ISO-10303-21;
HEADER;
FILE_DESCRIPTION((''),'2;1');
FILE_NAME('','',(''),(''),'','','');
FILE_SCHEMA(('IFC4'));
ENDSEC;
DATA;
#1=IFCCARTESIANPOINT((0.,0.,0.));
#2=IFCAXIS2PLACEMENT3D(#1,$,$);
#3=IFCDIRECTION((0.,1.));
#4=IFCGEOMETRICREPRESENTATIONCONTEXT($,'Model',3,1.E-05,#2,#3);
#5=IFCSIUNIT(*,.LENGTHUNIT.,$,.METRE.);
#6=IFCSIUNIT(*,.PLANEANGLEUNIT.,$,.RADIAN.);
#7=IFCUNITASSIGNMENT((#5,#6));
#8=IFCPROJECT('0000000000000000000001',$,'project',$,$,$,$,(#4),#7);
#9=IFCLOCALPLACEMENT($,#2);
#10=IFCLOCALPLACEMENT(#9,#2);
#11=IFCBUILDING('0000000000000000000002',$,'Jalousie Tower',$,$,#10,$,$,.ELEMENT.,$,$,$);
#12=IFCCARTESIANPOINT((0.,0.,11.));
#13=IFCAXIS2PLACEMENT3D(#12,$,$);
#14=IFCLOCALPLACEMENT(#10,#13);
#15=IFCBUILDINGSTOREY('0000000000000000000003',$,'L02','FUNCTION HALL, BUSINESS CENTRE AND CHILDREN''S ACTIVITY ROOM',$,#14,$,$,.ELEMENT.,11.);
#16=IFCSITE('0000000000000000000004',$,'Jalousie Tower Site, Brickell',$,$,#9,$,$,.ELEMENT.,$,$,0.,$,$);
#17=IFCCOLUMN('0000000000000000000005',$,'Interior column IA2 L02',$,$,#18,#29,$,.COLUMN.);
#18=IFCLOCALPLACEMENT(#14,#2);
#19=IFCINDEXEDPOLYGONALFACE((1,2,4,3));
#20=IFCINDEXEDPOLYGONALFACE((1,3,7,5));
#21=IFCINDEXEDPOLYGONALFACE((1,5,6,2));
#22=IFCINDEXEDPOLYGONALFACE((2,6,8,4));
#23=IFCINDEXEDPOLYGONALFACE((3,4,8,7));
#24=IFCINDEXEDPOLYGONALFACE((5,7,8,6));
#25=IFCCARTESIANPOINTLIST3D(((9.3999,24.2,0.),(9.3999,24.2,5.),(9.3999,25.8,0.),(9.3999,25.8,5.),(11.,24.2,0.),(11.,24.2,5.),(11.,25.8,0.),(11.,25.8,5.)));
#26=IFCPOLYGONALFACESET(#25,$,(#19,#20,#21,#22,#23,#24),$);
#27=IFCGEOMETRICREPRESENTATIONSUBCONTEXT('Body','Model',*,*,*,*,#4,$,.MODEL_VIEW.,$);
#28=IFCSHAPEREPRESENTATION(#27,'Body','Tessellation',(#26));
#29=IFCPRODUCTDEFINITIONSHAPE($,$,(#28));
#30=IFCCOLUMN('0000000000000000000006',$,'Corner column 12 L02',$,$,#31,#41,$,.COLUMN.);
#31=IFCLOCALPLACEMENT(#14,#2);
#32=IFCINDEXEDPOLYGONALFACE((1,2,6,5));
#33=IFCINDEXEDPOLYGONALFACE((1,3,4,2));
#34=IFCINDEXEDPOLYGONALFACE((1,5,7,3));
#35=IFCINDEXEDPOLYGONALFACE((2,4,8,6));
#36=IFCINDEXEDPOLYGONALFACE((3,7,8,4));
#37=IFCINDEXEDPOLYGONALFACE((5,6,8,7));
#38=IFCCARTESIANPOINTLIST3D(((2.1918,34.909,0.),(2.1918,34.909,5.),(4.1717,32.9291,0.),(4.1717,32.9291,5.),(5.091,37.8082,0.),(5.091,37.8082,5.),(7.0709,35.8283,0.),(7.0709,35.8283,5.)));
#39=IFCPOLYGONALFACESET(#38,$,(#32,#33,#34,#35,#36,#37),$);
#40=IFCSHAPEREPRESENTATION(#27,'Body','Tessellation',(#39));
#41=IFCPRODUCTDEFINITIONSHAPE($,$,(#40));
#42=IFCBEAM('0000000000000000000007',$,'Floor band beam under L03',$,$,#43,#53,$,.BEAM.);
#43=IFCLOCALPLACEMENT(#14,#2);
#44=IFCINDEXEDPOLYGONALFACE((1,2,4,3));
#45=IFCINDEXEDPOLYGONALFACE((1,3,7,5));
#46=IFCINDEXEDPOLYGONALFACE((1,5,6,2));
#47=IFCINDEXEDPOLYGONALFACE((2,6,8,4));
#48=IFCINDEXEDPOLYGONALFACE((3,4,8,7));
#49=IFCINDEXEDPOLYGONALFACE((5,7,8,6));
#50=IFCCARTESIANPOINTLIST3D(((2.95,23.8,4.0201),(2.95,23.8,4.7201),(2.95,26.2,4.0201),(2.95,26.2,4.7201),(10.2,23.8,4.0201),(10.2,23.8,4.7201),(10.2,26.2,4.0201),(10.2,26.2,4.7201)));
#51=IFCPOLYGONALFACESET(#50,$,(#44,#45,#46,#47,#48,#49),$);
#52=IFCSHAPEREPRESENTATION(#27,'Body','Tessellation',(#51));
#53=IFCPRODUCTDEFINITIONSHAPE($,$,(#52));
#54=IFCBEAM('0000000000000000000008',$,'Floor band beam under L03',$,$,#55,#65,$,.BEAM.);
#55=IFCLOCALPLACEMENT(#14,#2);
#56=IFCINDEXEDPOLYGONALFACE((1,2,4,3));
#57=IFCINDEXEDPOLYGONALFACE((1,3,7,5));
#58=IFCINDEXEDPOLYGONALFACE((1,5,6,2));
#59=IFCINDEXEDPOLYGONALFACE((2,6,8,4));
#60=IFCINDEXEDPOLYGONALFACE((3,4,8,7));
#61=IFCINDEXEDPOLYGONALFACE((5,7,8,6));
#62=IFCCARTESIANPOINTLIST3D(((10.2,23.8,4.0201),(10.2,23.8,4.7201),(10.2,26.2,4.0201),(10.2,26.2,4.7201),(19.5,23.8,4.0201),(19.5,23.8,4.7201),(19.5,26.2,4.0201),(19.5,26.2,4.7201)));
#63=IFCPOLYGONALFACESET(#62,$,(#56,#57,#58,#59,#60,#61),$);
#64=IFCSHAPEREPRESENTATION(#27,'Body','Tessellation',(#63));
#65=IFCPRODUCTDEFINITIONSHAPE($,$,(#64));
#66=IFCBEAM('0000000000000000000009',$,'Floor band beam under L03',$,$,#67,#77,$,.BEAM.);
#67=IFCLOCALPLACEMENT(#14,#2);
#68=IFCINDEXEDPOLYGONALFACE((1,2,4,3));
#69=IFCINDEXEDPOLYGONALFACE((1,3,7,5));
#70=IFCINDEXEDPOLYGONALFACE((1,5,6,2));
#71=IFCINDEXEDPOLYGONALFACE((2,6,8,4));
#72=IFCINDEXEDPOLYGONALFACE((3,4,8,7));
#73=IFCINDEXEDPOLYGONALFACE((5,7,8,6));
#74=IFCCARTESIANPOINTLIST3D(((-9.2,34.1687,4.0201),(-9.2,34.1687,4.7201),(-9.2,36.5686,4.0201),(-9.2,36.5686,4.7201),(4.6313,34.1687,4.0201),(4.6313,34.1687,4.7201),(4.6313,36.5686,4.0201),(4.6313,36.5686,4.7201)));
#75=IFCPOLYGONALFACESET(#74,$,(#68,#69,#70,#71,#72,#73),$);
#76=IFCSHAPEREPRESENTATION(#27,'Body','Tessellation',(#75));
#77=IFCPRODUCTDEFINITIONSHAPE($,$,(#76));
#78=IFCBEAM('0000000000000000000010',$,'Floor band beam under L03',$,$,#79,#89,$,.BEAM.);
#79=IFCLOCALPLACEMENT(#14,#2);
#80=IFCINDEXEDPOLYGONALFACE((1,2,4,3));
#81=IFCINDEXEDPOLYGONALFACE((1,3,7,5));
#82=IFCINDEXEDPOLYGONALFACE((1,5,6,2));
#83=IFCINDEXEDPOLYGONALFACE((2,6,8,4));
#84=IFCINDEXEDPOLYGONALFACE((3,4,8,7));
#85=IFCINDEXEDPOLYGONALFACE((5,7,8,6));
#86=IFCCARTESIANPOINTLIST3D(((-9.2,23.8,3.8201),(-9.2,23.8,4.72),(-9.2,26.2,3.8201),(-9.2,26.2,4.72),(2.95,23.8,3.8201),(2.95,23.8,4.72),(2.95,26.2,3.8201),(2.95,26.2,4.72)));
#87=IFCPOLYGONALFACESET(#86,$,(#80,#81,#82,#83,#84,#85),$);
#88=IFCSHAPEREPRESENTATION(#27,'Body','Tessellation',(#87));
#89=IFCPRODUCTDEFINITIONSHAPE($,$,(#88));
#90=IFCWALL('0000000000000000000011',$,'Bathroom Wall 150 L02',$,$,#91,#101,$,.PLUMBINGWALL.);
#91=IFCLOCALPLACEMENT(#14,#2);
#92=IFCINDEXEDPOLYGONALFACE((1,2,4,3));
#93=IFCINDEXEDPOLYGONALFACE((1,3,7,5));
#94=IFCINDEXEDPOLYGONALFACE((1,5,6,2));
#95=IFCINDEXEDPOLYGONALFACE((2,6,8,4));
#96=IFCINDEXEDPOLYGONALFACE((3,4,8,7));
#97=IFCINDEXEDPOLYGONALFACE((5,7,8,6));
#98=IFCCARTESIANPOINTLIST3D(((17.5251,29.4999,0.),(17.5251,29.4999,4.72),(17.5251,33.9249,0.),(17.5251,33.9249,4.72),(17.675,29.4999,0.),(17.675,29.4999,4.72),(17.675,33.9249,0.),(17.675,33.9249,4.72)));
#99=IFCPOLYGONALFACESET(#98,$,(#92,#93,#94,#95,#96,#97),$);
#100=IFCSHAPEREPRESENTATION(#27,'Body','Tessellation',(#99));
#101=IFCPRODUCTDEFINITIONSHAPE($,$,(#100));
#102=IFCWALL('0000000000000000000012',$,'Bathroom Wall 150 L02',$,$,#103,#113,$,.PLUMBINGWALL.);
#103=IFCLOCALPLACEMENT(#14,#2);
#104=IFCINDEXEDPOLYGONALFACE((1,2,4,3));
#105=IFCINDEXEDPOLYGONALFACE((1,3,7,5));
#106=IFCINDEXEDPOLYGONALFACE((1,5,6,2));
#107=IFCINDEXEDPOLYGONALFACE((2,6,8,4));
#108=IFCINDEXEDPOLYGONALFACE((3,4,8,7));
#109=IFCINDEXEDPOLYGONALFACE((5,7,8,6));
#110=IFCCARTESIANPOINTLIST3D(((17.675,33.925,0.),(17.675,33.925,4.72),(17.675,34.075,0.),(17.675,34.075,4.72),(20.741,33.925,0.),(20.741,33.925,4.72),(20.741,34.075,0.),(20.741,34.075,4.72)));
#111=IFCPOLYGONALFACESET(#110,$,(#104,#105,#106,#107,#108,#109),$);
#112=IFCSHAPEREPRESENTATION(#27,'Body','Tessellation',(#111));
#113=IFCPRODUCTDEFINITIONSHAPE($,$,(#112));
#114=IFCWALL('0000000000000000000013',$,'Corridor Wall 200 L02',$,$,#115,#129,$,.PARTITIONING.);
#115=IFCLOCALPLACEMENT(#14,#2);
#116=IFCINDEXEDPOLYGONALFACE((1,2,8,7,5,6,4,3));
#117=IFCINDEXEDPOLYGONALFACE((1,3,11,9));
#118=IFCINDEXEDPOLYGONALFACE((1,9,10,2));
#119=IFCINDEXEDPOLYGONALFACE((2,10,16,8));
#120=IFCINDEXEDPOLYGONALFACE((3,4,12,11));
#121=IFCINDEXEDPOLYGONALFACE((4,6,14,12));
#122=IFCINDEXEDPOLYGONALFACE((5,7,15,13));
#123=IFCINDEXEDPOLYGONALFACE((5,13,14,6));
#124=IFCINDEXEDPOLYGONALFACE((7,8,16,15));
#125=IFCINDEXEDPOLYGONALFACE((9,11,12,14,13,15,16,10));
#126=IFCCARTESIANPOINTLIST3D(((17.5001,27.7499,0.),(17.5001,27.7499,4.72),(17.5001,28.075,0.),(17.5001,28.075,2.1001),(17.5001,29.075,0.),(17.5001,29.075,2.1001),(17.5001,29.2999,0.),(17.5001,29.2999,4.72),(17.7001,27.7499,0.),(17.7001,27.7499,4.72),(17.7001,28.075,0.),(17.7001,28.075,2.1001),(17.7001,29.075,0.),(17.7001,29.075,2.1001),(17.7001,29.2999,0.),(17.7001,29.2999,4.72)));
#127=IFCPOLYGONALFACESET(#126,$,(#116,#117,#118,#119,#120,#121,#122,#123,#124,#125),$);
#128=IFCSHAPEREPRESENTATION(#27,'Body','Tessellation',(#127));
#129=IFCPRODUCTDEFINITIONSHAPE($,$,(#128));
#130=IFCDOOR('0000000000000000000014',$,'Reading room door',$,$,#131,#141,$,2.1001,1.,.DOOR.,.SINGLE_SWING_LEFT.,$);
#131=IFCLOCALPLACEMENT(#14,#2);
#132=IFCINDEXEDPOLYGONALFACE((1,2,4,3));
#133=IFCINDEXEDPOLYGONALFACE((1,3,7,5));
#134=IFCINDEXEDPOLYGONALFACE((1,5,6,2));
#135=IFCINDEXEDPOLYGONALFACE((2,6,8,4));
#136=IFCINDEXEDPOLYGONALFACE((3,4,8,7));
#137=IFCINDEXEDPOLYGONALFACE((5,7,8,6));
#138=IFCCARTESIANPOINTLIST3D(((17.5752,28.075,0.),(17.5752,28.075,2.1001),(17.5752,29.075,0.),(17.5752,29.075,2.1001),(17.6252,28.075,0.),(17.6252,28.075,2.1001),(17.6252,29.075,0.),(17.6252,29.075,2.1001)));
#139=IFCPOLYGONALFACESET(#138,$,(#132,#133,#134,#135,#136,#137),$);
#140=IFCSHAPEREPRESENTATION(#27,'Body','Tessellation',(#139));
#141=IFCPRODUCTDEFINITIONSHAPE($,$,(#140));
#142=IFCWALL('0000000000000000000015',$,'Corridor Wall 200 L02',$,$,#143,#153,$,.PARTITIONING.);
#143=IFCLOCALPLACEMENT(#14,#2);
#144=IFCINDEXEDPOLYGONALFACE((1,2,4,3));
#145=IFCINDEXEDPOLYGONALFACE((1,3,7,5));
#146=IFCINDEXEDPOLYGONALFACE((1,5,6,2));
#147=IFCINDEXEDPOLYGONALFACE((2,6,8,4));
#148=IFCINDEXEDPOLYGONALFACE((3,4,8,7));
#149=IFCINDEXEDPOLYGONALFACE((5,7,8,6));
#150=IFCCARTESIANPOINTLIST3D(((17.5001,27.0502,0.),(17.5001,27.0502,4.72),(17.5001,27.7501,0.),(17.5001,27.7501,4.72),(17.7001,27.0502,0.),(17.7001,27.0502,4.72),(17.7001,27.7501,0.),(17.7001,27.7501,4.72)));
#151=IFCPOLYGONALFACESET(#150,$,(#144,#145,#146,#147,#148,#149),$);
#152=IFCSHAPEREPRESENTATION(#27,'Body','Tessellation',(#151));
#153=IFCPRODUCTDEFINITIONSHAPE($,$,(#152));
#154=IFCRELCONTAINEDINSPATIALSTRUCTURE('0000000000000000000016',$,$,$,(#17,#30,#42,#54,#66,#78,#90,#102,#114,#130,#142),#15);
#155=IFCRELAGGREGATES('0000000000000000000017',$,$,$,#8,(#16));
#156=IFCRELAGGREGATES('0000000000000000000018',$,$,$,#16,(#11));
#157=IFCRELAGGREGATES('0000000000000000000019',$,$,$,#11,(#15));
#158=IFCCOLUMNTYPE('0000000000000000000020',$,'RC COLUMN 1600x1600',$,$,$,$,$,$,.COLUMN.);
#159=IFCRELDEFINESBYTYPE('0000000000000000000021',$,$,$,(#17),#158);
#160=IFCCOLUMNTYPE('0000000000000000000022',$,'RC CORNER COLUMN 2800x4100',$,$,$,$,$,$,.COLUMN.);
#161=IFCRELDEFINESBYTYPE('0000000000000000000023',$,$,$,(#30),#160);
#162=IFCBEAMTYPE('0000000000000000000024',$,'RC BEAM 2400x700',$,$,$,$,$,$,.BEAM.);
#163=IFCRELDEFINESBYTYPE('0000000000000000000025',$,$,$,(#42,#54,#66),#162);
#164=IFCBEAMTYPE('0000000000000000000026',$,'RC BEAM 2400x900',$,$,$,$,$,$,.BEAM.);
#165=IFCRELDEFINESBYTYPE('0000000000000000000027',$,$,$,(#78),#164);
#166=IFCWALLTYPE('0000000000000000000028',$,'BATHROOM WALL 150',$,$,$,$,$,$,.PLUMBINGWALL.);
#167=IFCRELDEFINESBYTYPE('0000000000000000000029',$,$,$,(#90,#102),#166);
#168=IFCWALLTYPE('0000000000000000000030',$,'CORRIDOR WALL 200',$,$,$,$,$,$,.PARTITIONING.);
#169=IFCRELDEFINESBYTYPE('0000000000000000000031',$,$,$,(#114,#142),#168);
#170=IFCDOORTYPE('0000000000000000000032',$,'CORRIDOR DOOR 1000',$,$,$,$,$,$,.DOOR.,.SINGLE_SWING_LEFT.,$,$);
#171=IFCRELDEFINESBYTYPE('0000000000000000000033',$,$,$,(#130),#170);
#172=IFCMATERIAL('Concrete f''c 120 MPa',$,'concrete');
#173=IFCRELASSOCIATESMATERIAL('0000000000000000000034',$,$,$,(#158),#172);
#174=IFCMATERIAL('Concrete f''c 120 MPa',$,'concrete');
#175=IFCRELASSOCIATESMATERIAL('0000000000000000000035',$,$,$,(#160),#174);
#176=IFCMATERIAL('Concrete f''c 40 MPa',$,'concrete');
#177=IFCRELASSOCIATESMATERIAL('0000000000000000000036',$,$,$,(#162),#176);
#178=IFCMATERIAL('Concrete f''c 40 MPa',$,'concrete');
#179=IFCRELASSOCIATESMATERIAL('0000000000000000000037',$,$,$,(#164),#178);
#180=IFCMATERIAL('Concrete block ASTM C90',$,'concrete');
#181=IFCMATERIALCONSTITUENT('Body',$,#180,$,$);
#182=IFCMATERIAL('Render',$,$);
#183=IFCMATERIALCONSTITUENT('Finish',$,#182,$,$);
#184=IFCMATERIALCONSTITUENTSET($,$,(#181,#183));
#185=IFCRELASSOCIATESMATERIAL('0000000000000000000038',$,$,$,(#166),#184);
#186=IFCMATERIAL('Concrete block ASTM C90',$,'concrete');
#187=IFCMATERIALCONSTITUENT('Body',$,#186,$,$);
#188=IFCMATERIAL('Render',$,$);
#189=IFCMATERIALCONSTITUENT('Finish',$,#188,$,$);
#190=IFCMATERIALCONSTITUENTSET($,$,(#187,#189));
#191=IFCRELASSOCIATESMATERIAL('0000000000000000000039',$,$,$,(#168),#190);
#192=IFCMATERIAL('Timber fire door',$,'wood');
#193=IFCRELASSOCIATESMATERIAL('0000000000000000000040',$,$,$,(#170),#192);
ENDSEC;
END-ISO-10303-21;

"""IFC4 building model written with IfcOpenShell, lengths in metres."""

from ifc_helpers import new_model, si_unit, direction, frame, frame_2d, origin, origin_2d, place, context, subcontext, project, spatial, rectangle, extrude, material, constituent, constituent_set, material_profile, profile_set, type_object, element, fill, save


model = new_model("IFC4")

# Units and contexts
model_context = context("Model", 3, precision=1e-05, world=origin(), true_north=direction((0.0, 1.0)))
body_context = subcontext(model_context, "Body", "Model", "MODEL_VIEW")
ifc_project = project(units=[si_unit("LENGTHUNIT", "METRE"), si_unit("PLANEANGLEUNIT", "RADIAN")], contexts=[model_context])

# Site, building, storey
site_placement = place(None, origin())
site = spatial("IfcSite", under=ifc_project, at=site_placement, Name="Jalousie Tower Site, Brickell", CompositionType="ELEMENT", RefElevation=0.0)
building_placement = place(site_placement, origin())
building = spatial("IfcBuilding", under=site, at=building_placement, Name="Jalousie Tower", CompositionType="ELEMENT")
storey_placement = place(building_placement, frame((0.0, 0.0, 11.0)))
storey = spatial("IfcBuildingStorey", under=building, at=storey_placement, Name="L02", Description="FUNCTION HALL, BUSINESS CENTRE AND CHILDREN'S ACTIVITY ROOM", CompositionType="ELEMENT", Elevation=11.0)

# Columns
ifc_material_1 = material(Name="Concrete f'c 120 MPa", Category="concrete")
ifc_material_profile_1 = material_profile(ifc_material_1, rectangle(XDim=1.6001, YDim=1.6001, at=origin_2d()), Name="RC 1600x1600")
ifc_profile_set_1 = profile_set([ifc_material_profile_1], Name="Concrete f'c 120 MPa")
column_type_1 = type_object("IfcColumnType", Name="RC COLUMN 1600x1600", PredefinedType="COLUMN", material=ifc_profile_set_1)
column_1_placement = place(storey_placement, frame((10.2, 25.0, 0.0), z_axis=(0.0, 0.0, 1.0), x_axis=(1.0, 0.0, 0.0)))
element("IfcColumn", 1, at=column_1_placement, inside=storey, type_object=column_type_1, Name="Interior column IA2 L02", PredefinedType="COLUMN", context=body_context, shape_type="SweptSolid", body=[
    extrude(rectangle(XDim=1.6001, YDim=1.6001, at=origin_2d()), origin(), (0.0, 0.0, 1.0), 5.0),
])
ifc_material_2 = material(Name="Concrete f'c 120 MPa", Category="concrete")
ifc_material_profile_2 = material_profile(ifc_material_2, rectangle(XDim=2.8, YDim=4.1001, at=origin_2d()), Name="RC 2800x4100")
ifc_profile_set_2 = profile_set([ifc_material_profile_2], Name="Concrete f'c 120 MPa")
column_type_2 = type_object("IfcColumnType", Name="RC CORNER COLUMN 2800x4100", PredefinedType="COLUMN", material=ifc_profile_set_2)
column_2_placement = place(storey_placement, frame((4.6313, 35.3687, 0.0), z_axis=(0.0, 0.0, 1.0), x_axis=(0.707107, -0.707107, 0.0)))
element("IfcColumn", 2, at=column_2_placement, inside=storey, type_object=column_type_2, Name="Corner column 12 L02", PredefinedType="COLUMN", context=body_context, shape_type="SweptSolid", body=[
    extrude(rectangle(XDim=2.8, YDim=4.1001, at=origin_2d()), origin(), (0.0, 0.0, 1.0), 5.0),
])

# Beams
ifc_material_3 = material(Name="Concrete f'c 40 MPa", Category="concrete")
ifc_material_profile_3 = material_profile(ifc_material_3, rectangle(XDim=2.3999, YDim=0.7, at=origin_2d()), Name="RC 2400x700")
ifc_profile_set_3 = profile_set([ifc_material_profile_3], Name="Concrete f'c 40 MPa")
beam_type_1 = type_object("IfcBeamType", Name="RC BEAM 2400x700", PredefinedType="BEAM", material=ifc_profile_set_3)
beam_1_placement = place(storey_placement, frame((2.95, 25.0, 4.3701), z_axis=(1.0, 0.0, 0.0), x_axis=(0.0, 1.0, 0.0)))
element("IfcBeam", 3, at=beam_1_placement, inside=storey, type_object=beam_type_1, Name="Floor band beam under L03", PredefinedType="BEAM", context=body_context, shape_type="SweptSolid", body=[
    extrude(rectangle(XDim=2.3999, YDim=0.7, at=origin_2d()), origin(), (0.0, 0.0, 1.0), 7.25),
])
beam_2_placement = place(storey_placement, frame((10.2, 25.0, 4.3701), z_axis=(1.0, 0.0, 0.0), x_axis=(0.0, 1.0, 0.0)))
element("IfcBeam", 4, at=beam_2_placement, inside=storey, type_object=beam_type_1, Name="Floor band beam under L03", PredefinedType="BEAM", context=body_context, shape_type="SweptSolid", body=[
    extrude(rectangle(XDim=2.3999, YDim=0.7, at=origin_2d()), origin(), (0.0, 0.0, 1.0), 9.3),
])
beam_3_placement = place(storey_placement, frame((4.6313, 35.3687, 4.3701), z_axis=(-1.0, 0.0, 0.0), x_axis=(0.0, -1.0, 0.0)))
element("IfcBeam", 5, at=beam_3_placement, inside=storey, type_object=beam_type_1, Name="Floor band beam under L03", PredefinedType="BEAM", context=body_context, shape_type="SweptSolid", body=[
    extrude(rectangle(XDim=2.3999, YDim=0.7, at=origin_2d()), origin(), (0.0, 0.0, 1.0), 13.8313),
])
ifc_material_4 = material(Name="Concrete f'c 40 MPa", Category="concrete")
ifc_material_profile_4 = material_profile(ifc_material_4, rectangle(XDim=2.3999, YDim=0.8999, at=origin_2d()), Name="RC 2400x900")
ifc_profile_set_4 = profile_set([ifc_material_profile_4], Name="Concrete f'c 40 MPa")
beam_type_2 = type_object("IfcBeamType", Name="RC BEAM 2400x900", PredefinedType="BEAM", material=ifc_profile_set_4)
beam_4_placement = place(storey_placement, frame((2.95, 25.0, 4.27), z_axis=(-1.0, 0.0, 0.0), x_axis=(0.0, -1.0, 0.0)))
element("IfcBeam", 6, at=beam_4_placement, inside=storey, type_object=beam_type_2, Name="Floor band beam under L03", PredefinedType="BEAM", context=body_context, shape_type="SweptSolid", body=[
    extrude(rectangle(XDim=2.3999, YDim=0.8999, at=origin_2d()), origin(), (0.0, 0.0, 1.0), 12.1499),
])

# Walls
ifc_material_5 = material(Name="Concrete block ASTM C90", Category="concrete")
ifc_constituent_1 = constituent(ifc_material_5, Name="Body")
ifc_material_6 = material(Name="Render")
ifc_constituent_2 = constituent(ifc_material_6, Name="Finish")
ifc_constituent_set_1 = constituent_set(constituents=[ifc_constituent_1, ifc_constituent_2])
wall_type_1 = type_object("IfcWallType", Name="BATHROOM WALL 150", PredefinedType="PLUMBINGWALL", material=ifc_constituent_set_1)
wall_1_placement = place(storey_placement, frame((17.6001, 29.5, 0.0), z_axis=(0.0, 0.0, 1.0), x_axis=(0.0, 1.0, 0.0)))
element("IfcWall", 7, at=wall_1_placement, inside=storey, type_object=wall_type_1, Name="Bathroom Wall 150 L02", PredefinedType="PLUMBINGWALL", context=body_context, shape_type="SweptSolid", body=[
    extrude(rectangle(XDim=4.425, YDim=0.1499, at=frame_2d((2.2124, 0.0))), origin(), (0.0, 0.0, 1.0), 4.72),
])
wall_2_placement = place(storey_placement, frame((17.675, 34.0, 0.0), z_axis=(0.0, 0.0, 1.0), x_axis=(1.0, 0.0, 0.0)))
element("IfcWall", 8, at=wall_2_placement, inside=storey, type_object=wall_type_1, Name="Bathroom Wall 150 L02", PredefinedType="PLUMBINGWALL", context=body_context, shape_type="SweptSolid", body=[
    extrude(rectangle(XDim=3.0659, YDim=0.1499, at=frame_2d((1.533, 0.0))), origin(), (0.0, 0.0, 1.0), 4.72),
])

# Wall, opening, door
ifc_material_7 = material(Name="Concrete block ASTM C90", Category="concrete")
ifc_constituent_3 = constituent(ifc_material_7, Name="Body")
ifc_material_8 = material(Name="Render")
ifc_constituent_4 = constituent(ifc_material_8, Name="Finish")
ifc_constituent_set_2 = constituent_set(constituents=[ifc_constituent_3, ifc_constituent_4])
wall_type_2 = type_object("IfcWallType", Name="CORRIDOR WALL 200", PredefinedType="PARTITIONING", material=ifc_constituent_set_2)
wall_3_placement = place(storey_placement, frame((17.6001, 27.75, 0.0), z_axis=(0.0, 0.0, 1.0), x_axis=(0.0, 1.0, 0.0)))
wall_3 = element("IfcWall", 9, at=wall_3_placement, inside=storey, type_object=wall_type_2, Name="Corridor Wall 200 L02", PredefinedType="PARTITIONING", context=body_context, shape_type="SweptSolid", body=[
    extrude(rectangle(XDim=1.55, YDim=0.2, at=frame_2d((0.7749, 0.0))), origin(), (0.0, 0.0, 1.0), 4.72),
])
opening_1_placement = place(wall_3_placement, frame((0.325, 0.0, 0.0)))
opening_1 = element("IfcOpeningElement", 10, at=opening_1_placement, cuts=wall_3, PredefinedType="OPENING", context=body_context, shape_type="SweptSolid", body=[
    extrude(rectangle(XDim=1.0, YDim=2.1001, at=frame_2d((0.5, 1.05))), frame((0.0, 0.1099, 0.0), z_axis=(0.0, -1.0, 0.0), x_axis=(1.0, 0.0, 0.0)), (0.0, 0.0, 1.0), 0.22),
])
ifc_material_9 = material(Name="Timber fire door", Category="wood")
door_type_1 = type_object("IfcDoorType", Name="CORRIDOR DOOR 1000", OperationType="SINGLE_SWING_LEFT", PredefinedType="DOOR", material=ifc_material_9)
door_1_placement = place(opening_1_placement, origin())
door_1 = element("IfcDoor", 11, at=door_1_placement, inside=storey, type_object=door_type_1, Name="Reading room door", OperationType="SINGLE_SWING_LEFT", OverallHeight=2.1001, OverallWidth=1.0, PredefinedType="DOOR", context=body_context, shape_type="SweptSolid", body=[
    extrude(rectangle(XDim=1.0, YDim=2.1001, at=frame_2d((0.5, 1.05))), frame((0.0, 0.0249, 0.0), z_axis=(0.0, -1.0, 0.0), x_axis=(1.0, 0.0, 0.0)), (0.0, 0.0, 1.0), 0.05),
])
fill(opening_1, door_1)

# Wall
wall_4_placement = place(storey_placement, frame((17.6001, 27.05, 0.0), z_axis=(0.0, 0.0, 1.0), x_axis=(0.0, 1.0, 0.0)))
element("IfcWall", 12, at=wall_4_placement, inside=storey, type_object=wall_type_2, Name="Corridor Wall 200 L02", PredefinedType="PARTITIONING", context=body_context, shape_type="SweptSolid", body=[
    extrude(rectangle(XDim=0.7, YDim=0.2, at=frame_2d((0.3501, 0.0))), origin(), (0.0, 0.0, 1.0), 4.72),
])

save(model, "model.ifc")
